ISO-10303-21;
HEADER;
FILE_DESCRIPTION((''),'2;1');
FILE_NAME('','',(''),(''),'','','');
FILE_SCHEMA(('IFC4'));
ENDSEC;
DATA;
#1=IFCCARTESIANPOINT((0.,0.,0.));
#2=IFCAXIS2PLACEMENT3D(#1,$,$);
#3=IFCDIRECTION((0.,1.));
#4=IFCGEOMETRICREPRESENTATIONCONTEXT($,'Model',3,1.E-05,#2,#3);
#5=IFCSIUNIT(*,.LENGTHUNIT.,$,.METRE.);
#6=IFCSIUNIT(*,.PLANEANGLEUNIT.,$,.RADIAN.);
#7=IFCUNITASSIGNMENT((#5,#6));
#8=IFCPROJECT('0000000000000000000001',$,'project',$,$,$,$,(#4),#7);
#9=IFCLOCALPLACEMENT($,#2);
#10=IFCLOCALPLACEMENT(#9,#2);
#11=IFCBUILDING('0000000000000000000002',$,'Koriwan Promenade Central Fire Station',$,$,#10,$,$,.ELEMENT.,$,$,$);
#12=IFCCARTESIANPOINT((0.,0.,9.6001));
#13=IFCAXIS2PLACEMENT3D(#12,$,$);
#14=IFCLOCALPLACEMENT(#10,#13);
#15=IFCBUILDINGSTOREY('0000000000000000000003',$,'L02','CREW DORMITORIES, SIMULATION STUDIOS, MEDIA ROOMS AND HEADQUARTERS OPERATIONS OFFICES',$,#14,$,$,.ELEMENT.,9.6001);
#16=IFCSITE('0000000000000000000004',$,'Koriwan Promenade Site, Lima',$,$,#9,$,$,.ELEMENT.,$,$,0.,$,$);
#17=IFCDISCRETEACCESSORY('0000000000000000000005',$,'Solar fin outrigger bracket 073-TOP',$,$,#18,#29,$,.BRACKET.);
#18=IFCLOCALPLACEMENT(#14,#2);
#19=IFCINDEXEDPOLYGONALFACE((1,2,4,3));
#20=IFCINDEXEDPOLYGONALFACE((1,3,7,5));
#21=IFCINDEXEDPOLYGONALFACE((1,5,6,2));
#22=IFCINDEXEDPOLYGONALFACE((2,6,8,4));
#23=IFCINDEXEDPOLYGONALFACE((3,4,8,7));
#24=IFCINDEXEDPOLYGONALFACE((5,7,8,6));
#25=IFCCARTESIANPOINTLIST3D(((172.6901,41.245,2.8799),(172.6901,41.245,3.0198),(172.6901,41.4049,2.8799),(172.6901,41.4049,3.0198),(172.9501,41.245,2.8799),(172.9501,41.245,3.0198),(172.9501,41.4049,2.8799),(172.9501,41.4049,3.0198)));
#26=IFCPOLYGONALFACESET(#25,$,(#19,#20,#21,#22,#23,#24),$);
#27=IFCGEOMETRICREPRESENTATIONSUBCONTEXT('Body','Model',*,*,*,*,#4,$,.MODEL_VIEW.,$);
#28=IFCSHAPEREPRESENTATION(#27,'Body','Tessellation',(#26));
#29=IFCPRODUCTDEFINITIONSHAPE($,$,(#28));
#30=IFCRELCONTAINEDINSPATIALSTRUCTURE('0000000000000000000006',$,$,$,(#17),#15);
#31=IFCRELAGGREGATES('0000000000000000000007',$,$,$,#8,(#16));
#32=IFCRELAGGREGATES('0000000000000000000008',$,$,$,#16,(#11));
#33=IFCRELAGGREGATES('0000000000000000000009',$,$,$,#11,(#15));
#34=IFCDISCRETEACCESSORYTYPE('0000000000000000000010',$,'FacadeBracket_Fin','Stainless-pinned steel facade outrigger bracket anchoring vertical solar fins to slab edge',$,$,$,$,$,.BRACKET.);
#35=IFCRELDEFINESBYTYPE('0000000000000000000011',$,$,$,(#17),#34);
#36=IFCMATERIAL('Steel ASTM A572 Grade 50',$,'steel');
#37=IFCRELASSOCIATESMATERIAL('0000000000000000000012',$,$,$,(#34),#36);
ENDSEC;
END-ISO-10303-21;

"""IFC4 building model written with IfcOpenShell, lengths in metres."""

from ifc_helpers import new_model, si_unit, direction, frame, origin, origin_2d, place, context, subcontext, project, spatial, rectangle, extrude, material, type_object, element, save


model = new_model("IFC4")

# Units and contexts
model_context = context("Model", 3, precision=1e-05, world=origin(), true_north=direction((0.0, 1.0)))
body_context = subcontext(model_context, "Body", "Model", "MODEL_VIEW")
ifc_project = project(units=[si_unit("LENGTHUNIT", "METRE"), si_unit("PLANEANGLEUNIT", "RADIAN")], contexts=[model_context])

# Site, building, storey
site_placement = place(None, origin())
site = spatial("IfcSite", under=ifc_project, at=site_placement, Name="Koriwan Promenade Site, Lima", CompositionType="ELEMENT", RefElevation=0.0)
building_placement = place(site_placement, origin())
building = spatial("IfcBuilding", under=site, at=building_placement, Name="Koriwan Promenade Central Fire Station", CompositionType="ELEMENT")
storey_placement = place(building_placement, frame((0.0, 0.0, 9.6001)))
storey = spatial("IfcBuildingStorey", under=building, at=storey_placement, Name="L02", Description="CREW DORMITORIES, SIMULATION STUDIOS, MEDIA ROOMS AND HEADQUARTERS OPERATIONS OFFICES", CompositionType="ELEMENT", Elevation=9.6001)

# Discrete accessory
ifc_material_1 = material(Name="Steel ASTM A572 Grade 50", Category="steel")
discrete_accessory_type = type_object("IfcDiscreteAccessoryType", Name="FacadeBracket_Fin", Description="Stainless-pinned steel facade outrigger bracket anchoring vertical solar fins to slab edge", PredefinedType="BRACKET", material=ifc_material_1)
for number, where, z_axis, x_axis, name in (
    (1, (172.8201, 41.325, 2.8799), (0.0, 0.0, 1.0), (1.0, 0.0, 0.0), "Solar fin outrigger bracket 073-TOP"),
):
    element("IfcDiscreteAccessory", number, at=place(storey_placement, frame(where, z_axis=z_axis, x_axis=x_axis)), inside=storey, type_object=discrete_accessory_type, Name=name, PredefinedType="BRACKET", context=body_context, shape_type="SweptSolid", body=[
        extrude(rectangle(XDim=0.26, YDim=0.1599, at=origin_2d()), origin(), (0.0, 0.0, 1.0), 0.1399),
    ])

save(model, "model.ifc")
